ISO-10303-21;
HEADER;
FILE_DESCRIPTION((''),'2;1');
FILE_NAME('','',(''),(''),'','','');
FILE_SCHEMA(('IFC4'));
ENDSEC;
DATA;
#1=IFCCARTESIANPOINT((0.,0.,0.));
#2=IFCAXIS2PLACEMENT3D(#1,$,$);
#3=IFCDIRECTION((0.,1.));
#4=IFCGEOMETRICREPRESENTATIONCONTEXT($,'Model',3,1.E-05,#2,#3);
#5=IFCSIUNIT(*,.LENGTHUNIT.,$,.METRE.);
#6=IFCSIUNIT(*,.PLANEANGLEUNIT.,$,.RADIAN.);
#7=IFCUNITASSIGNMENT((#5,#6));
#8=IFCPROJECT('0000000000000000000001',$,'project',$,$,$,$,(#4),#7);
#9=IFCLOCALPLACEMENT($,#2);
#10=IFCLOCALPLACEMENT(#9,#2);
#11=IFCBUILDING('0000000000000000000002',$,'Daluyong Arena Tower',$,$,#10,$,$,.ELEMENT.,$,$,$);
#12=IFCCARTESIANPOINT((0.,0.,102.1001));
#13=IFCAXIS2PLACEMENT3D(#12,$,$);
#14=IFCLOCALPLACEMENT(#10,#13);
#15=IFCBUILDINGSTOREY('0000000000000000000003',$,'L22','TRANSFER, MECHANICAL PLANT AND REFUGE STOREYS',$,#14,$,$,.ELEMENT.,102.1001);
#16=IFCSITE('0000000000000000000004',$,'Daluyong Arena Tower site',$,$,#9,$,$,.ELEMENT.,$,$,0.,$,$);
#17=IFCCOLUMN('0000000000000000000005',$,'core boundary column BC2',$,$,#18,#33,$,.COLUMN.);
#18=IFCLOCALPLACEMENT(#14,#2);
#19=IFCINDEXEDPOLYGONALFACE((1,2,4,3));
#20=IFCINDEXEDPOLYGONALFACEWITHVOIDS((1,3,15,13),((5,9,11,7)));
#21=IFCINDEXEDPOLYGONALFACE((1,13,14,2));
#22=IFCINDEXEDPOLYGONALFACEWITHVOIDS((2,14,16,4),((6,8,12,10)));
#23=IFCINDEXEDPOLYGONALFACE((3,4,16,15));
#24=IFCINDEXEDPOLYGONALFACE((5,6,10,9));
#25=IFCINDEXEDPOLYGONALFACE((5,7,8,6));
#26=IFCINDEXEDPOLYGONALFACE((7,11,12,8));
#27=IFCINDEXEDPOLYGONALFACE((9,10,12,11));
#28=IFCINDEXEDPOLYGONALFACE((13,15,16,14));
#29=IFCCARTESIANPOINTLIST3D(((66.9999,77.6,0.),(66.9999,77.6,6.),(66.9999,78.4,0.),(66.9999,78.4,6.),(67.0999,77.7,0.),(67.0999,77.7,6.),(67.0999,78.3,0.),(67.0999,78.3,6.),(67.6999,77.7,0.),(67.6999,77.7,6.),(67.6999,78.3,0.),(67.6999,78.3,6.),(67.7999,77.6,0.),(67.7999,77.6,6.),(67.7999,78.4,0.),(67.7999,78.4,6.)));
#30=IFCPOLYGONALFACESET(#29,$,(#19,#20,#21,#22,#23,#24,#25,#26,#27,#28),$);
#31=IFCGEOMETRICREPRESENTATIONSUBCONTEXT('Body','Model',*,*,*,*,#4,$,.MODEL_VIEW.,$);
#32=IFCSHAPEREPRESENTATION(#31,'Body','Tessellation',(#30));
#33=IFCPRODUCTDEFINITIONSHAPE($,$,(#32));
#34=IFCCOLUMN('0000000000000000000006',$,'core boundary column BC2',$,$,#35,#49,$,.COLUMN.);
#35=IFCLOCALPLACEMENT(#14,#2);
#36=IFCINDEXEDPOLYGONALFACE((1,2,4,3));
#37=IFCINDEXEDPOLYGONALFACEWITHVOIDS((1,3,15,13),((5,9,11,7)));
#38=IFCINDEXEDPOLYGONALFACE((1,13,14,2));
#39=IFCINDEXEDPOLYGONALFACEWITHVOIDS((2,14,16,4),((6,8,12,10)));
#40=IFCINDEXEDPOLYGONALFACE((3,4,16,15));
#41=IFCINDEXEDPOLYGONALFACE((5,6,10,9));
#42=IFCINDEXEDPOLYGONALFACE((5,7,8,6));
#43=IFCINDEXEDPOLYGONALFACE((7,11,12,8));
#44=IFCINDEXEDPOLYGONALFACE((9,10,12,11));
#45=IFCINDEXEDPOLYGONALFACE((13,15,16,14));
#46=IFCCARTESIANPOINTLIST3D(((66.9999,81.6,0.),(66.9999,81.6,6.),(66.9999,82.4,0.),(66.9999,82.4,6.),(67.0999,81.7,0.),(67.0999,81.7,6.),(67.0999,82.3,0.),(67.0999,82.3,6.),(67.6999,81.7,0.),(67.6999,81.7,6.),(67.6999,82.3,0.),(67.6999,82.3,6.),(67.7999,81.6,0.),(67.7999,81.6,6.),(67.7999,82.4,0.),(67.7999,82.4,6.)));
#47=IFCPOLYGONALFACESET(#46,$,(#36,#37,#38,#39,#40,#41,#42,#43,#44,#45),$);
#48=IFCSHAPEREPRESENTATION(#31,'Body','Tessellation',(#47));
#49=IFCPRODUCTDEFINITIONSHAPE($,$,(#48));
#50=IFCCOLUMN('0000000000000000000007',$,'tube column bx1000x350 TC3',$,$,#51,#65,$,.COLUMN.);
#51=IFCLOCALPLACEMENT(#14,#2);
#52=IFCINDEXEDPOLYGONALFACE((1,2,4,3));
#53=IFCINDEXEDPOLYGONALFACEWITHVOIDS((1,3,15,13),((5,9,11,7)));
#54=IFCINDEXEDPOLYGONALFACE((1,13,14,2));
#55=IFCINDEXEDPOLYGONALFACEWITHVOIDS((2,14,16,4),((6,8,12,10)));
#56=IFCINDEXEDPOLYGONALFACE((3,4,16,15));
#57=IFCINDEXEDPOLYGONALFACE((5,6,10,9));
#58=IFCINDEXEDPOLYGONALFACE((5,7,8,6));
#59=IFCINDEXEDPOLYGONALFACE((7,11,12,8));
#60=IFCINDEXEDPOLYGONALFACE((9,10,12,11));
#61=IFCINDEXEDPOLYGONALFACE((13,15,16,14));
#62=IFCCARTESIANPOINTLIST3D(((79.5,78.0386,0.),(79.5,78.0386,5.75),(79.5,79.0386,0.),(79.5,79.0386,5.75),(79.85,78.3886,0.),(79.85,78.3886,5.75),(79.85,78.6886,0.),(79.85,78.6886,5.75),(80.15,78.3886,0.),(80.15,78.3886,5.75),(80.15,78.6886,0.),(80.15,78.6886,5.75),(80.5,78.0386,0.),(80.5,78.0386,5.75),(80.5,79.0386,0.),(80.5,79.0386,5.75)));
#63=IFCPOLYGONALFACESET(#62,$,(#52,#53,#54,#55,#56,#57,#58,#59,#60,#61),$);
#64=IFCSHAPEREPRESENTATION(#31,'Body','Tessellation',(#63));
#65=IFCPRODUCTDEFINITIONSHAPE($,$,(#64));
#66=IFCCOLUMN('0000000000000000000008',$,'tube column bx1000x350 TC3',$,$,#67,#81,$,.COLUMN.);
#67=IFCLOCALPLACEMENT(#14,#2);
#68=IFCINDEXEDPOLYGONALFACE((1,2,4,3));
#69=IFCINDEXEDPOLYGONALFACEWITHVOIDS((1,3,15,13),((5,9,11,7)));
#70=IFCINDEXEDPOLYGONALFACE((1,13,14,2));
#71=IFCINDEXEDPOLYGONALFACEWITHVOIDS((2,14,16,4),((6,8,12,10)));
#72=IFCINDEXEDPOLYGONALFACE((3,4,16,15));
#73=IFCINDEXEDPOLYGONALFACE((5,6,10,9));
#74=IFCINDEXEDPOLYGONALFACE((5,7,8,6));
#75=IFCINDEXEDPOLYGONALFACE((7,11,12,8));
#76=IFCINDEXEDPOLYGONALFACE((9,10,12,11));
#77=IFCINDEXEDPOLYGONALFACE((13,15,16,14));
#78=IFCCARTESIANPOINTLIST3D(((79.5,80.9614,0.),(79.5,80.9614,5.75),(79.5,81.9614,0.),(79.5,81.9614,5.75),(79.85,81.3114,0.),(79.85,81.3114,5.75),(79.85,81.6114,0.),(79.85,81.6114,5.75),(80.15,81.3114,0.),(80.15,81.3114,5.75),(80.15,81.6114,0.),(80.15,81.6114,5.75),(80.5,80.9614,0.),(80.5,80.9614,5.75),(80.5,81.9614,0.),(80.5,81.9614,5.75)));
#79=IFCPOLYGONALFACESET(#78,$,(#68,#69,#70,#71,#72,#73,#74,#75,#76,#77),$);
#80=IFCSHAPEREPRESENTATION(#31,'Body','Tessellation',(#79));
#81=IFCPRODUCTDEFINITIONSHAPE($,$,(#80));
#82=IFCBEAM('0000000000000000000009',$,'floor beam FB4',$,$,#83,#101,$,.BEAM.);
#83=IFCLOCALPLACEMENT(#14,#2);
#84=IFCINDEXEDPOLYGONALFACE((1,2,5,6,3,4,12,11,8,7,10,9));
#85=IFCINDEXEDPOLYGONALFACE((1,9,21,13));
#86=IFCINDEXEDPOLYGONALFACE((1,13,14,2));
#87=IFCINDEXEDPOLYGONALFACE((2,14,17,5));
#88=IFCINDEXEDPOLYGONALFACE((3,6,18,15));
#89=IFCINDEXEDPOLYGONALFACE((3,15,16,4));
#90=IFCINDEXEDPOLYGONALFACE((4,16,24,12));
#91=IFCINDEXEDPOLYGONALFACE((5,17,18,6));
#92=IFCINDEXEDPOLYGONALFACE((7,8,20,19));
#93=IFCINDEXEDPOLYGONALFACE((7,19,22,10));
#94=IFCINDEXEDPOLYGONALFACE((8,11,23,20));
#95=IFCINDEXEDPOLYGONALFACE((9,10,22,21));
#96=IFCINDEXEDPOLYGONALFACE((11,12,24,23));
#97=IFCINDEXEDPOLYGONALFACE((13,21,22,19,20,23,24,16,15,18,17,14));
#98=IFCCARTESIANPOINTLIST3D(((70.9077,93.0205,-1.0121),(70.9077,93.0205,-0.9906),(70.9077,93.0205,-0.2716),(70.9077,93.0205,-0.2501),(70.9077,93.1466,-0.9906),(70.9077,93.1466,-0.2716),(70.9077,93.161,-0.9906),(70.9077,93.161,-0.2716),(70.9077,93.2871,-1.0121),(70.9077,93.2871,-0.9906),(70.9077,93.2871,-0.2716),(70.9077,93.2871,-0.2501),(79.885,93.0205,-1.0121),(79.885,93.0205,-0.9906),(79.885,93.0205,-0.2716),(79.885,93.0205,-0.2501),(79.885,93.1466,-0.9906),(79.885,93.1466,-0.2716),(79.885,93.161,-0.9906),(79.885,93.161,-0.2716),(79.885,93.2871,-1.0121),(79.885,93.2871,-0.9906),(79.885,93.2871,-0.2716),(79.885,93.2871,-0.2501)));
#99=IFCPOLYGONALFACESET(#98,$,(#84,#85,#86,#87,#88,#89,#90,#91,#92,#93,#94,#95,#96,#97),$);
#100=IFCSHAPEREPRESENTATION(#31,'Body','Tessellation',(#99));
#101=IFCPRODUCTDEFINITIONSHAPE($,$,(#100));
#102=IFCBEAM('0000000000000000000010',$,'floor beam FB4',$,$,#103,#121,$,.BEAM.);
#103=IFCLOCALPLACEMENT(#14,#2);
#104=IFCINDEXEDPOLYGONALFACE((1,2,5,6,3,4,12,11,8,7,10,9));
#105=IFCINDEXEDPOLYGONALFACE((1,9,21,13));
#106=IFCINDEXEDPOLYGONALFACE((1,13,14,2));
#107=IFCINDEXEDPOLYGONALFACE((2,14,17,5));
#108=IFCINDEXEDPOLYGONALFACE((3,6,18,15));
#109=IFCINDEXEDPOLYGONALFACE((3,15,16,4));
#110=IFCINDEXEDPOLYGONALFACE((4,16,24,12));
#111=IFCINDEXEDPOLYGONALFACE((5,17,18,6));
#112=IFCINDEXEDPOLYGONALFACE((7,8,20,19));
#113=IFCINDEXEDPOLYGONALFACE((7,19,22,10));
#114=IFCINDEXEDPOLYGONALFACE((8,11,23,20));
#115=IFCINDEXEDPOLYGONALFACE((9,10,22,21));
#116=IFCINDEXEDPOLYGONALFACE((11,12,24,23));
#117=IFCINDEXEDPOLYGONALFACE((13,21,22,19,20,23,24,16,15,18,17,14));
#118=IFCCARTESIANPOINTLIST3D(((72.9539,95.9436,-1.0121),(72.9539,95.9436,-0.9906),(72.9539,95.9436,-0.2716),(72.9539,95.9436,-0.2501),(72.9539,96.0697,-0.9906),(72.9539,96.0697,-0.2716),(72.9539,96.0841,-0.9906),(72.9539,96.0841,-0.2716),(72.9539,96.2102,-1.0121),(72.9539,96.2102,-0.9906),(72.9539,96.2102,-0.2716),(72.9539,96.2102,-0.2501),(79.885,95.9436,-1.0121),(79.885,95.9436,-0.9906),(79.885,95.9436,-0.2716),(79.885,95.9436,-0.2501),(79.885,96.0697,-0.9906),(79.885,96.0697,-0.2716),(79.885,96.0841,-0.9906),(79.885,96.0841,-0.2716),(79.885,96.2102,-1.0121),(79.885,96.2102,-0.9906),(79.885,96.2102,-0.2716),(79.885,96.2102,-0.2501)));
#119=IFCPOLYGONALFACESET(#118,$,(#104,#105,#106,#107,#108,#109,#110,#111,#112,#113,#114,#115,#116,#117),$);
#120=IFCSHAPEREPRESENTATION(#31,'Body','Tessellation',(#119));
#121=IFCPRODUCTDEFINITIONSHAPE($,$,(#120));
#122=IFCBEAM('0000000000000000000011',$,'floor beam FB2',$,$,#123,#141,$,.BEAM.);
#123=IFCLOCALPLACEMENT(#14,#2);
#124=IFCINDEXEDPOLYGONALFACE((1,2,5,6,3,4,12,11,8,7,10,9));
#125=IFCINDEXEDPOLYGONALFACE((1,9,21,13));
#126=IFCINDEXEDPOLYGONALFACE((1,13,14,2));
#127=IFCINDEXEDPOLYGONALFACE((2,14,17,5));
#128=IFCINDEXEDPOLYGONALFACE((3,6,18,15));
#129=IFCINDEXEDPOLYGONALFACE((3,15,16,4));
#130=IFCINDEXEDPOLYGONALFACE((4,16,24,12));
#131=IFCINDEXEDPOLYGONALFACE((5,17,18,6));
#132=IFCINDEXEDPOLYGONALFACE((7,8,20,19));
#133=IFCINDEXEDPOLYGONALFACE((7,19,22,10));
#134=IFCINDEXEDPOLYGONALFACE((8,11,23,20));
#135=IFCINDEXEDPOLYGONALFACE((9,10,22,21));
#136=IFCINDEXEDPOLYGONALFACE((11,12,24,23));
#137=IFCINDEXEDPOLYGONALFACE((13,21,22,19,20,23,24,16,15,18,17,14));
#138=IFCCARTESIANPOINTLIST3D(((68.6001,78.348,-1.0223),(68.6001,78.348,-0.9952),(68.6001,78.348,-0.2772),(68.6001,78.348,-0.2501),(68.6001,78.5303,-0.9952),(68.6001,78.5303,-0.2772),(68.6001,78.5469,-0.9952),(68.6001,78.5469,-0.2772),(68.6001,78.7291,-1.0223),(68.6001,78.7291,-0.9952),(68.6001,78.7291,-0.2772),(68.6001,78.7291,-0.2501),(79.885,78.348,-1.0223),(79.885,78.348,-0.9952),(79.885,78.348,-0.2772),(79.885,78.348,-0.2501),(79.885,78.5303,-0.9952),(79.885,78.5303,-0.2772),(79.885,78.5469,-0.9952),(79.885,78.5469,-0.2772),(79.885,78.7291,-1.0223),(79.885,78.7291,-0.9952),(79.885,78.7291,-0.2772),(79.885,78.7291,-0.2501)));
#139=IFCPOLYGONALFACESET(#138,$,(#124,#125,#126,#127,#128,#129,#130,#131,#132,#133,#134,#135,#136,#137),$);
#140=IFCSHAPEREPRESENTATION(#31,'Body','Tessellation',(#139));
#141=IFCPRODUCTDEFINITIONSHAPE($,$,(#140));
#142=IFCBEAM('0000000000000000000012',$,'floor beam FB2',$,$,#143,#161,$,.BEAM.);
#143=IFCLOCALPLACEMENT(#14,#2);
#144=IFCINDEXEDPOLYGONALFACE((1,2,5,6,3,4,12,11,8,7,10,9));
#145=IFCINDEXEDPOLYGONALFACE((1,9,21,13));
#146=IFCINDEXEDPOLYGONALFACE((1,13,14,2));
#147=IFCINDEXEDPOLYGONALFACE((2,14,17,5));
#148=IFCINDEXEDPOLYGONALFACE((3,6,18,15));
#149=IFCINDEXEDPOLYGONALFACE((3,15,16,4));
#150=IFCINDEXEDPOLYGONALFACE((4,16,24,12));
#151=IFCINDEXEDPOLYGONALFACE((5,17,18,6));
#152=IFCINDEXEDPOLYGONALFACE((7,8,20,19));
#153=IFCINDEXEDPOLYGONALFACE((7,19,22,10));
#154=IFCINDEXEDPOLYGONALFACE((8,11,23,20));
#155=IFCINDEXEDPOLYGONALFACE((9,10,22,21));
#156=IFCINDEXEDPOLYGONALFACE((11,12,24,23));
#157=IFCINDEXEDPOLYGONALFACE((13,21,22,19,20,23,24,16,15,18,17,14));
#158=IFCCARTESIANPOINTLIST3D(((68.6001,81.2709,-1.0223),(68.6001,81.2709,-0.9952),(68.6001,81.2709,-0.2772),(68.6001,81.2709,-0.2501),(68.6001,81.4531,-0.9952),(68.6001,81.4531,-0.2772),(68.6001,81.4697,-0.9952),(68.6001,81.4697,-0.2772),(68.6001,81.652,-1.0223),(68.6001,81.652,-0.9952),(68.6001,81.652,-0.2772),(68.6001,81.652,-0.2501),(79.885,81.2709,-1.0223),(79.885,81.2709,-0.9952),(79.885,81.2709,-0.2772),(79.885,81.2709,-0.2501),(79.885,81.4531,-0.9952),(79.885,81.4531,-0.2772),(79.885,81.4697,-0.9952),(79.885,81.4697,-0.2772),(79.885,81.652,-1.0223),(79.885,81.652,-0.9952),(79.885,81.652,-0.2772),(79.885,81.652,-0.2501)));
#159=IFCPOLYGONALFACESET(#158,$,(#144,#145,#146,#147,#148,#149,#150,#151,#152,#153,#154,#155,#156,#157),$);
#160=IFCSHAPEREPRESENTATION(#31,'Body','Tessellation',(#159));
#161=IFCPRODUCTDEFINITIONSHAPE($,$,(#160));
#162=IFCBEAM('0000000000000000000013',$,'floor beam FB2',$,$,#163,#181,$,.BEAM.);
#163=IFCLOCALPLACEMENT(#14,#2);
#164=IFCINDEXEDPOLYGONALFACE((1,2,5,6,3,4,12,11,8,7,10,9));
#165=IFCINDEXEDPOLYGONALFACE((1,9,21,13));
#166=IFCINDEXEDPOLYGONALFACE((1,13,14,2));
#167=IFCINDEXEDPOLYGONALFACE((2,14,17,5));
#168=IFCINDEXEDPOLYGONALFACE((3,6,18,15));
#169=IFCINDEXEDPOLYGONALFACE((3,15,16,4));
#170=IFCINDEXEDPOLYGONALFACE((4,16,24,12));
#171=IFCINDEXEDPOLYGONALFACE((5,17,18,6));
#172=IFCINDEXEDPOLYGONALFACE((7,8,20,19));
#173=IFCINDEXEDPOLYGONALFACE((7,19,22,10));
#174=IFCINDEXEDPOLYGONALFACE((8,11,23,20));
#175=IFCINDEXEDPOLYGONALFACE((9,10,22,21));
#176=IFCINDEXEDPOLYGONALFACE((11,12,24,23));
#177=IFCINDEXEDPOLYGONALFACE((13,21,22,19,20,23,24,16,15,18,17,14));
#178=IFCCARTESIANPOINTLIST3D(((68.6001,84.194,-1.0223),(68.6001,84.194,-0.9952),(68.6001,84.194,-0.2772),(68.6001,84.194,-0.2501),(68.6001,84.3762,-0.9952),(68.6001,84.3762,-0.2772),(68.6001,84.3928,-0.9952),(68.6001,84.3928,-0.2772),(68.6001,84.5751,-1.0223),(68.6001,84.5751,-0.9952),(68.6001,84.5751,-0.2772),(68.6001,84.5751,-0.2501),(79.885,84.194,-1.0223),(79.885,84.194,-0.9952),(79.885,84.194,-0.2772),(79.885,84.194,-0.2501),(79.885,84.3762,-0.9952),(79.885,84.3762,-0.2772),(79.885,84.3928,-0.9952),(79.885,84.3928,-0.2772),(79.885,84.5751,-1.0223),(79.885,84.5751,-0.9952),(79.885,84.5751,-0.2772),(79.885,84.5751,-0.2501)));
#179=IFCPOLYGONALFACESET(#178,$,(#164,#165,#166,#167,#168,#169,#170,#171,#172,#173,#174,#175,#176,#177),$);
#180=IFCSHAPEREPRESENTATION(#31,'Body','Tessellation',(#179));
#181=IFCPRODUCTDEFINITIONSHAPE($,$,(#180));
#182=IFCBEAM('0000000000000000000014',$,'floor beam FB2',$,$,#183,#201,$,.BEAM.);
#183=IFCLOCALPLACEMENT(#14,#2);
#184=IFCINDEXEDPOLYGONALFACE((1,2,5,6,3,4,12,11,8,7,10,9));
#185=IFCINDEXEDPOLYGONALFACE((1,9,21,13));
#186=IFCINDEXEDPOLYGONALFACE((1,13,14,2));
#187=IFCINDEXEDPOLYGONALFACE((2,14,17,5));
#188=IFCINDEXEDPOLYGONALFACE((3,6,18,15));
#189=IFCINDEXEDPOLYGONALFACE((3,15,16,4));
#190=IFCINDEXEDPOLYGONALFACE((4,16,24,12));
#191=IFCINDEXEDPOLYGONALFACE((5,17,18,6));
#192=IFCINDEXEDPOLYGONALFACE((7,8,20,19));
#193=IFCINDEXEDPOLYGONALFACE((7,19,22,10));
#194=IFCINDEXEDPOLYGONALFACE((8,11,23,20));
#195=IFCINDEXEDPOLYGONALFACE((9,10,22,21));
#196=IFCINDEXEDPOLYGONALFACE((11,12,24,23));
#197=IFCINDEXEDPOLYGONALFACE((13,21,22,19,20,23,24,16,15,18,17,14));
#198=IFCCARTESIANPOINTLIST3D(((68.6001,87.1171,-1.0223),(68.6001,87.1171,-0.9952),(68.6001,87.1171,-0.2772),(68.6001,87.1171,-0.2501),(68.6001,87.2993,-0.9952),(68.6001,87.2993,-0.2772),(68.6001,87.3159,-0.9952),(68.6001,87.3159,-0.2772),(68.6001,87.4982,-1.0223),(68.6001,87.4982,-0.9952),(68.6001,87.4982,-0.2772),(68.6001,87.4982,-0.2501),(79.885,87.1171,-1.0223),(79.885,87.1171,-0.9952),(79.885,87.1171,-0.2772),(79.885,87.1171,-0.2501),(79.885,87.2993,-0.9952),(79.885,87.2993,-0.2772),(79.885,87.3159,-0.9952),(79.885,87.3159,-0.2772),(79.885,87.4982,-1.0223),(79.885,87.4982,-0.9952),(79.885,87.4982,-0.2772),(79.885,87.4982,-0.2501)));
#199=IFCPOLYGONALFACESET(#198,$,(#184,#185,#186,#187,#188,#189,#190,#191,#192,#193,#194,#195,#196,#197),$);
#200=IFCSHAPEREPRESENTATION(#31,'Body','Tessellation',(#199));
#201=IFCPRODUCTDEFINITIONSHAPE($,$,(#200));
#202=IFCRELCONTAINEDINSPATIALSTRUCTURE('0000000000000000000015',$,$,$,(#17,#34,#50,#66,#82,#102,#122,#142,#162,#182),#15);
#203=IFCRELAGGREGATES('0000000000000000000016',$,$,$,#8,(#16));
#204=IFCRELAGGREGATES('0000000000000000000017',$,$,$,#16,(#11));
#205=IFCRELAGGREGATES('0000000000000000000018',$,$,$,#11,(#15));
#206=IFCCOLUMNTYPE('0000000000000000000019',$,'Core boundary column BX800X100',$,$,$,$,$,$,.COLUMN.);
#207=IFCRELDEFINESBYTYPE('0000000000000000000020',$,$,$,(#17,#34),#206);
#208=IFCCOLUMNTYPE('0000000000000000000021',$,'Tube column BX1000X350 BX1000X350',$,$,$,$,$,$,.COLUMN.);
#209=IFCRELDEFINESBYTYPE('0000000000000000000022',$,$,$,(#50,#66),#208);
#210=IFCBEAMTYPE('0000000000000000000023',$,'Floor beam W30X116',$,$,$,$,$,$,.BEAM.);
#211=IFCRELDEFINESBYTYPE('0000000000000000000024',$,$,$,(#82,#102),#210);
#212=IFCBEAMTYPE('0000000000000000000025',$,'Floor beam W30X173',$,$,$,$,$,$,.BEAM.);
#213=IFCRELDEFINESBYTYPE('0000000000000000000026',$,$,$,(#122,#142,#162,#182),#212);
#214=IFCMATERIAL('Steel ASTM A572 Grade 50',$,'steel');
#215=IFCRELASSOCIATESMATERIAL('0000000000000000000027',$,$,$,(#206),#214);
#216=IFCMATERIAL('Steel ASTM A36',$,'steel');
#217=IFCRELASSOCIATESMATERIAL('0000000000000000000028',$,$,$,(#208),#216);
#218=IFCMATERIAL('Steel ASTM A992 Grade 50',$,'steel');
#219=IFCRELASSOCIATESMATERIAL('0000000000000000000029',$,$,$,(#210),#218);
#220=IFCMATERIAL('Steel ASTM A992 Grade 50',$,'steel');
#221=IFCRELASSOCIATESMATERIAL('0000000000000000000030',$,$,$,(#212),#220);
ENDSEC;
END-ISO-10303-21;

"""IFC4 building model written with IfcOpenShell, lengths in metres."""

from ifc_helpers import new_model, si_unit, direction, frame, origin, origin_2d, place, context, subcontext, project, spatial, hollow_rectangle, i_section, extrude, material, material_profile, profile_set, type_object, element, save


model = new_model("IFC4")

# Units and contexts
model_context = context("Model", 3, precision=1e-05, world=origin(), true_north=direction((0.0, 1.0)))
body_context = subcontext(model_context, "Body", "Model", "MODEL_VIEW")
ifc_project = project(units=[si_unit("LENGTHUNIT", "METRE"), si_unit("PLANEANGLEUNIT", "RADIAN")], contexts=[model_context])

# Site, building, storey
site_placement = place(None, origin())
site = spatial("IfcSite", under=ifc_project, at=site_placement, Name="Daluyong Arena Tower site", CompositionType="ELEMENT", RefElevation=0.0)
building_placement = place(site_placement, origin())
building = spatial("IfcBuilding", under=site, at=building_placement, Name="Daluyong Arena Tower", CompositionType="ELEMENT")
storey_placement = place(building_placement, frame((0.0, 0.0, 102.1001)))
storey = spatial("IfcBuildingStorey", under=building, at=storey_placement, Name="L22", Description="TRANSFER, MECHANICAL PLANT AND REFUGE STOREYS", CompositionType="ELEMENT", Elevation=102.1001)

# Columns
ifc_material_1 = material(Name="Steel ASTM A572 Grade 50", Category="steel")
ifc_material_profile_1 = material_profile(ifc_material_1, hollow_rectangle(XDim=0.8, YDim=0.8, WallThickness=0.1, at=origin_2d()))
ifc_profile_set_1 = profile_set([ifc_material_profile_1], Name="Steel ASTM A572 Grade 50")
column_type_1 = type_object("IfcColumnType", Name="Core boundary column BX800X100", PredefinedType="COLUMN", material=ifc_profile_set_1)
for number, where, z_axis, x_axis, name in (
    (1, (67.3999, 78.0, 0.0), (0.0, 0.0, 1.0), (1.0, 0.0, 0.0), "core boundary column BC2"),
    (2, (67.3999, 82.0, 0.0), (0.0, 0.0, 1.0), (1.0, 0.0, 0.0), "core boundary column BC2"),
):
    element("IfcColumn", number, at=place(storey_placement, frame(where, z_axis=z_axis, x_axis=x_axis)), inside=storey, type_object=column_type_1, Name=name, PredefinedType="COLUMN", context=body_context, shape_type="SweptSolid", body=[
        extrude(hollow_rectangle(XDim=0.8, YDim=0.8, WallThickness=0.1, at=origin_2d()), origin(), (0.0, 0.0, 1.0), 6.0),
    ])
ifc_material_2 = material(Name="Steel ASTM A36", Category="steel")
ifc_material_profile_2 = material_profile(ifc_material_2, hollow_rectangle(XDim=1.0, YDim=1.0, WallThickness=0.35, at=origin_2d()))
ifc_profile_set_2 = profile_set([ifc_material_profile_2], Name="Steel ASTM A36")
column_type_2 = type_object("IfcColumnType", Name="Tube column BX1000X350 BX1000X350", PredefinedType="COLUMN", material=ifc_profile_set_2)
for number, where, z_axis, x_axis, name in (
    (3, (80.0, 78.5386, 0.0), (0.0, 0.0, 1.0), (0.0, 1.0, 0.0), "tube column bx1000x350 TC3"),
    (4, (80.0, 81.4614, 0.0), (0.0, 0.0, 1.0), (0.0, 1.0, 0.0), "tube column bx1000x350 TC3"),
):
    element("IfcColumn", number, at=place(storey_placement, frame(where, z_axis=z_axis, x_axis=x_axis)), inside=storey, type_object=column_type_2, Name=name, PredefinedType="COLUMN", context=body_context, shape_type="SweptSolid", body=[
        extrude(hollow_rectangle(XDim=1.0, YDim=1.0, WallThickness=0.35, at=origin_2d()), origin(), (0.0, 0.0, 1.0), 5.75),
    ])

# Beams
ifc_material_3 = material(Name="Steel ASTM A992 Grade 50", Category="steel")
ifc_material_profile_3 = material_profile(ifc_material_3, i_section(OverallWidth=0.2666, OverallDepth=0.762, WebThickness=0.0144, FlangeThickness=0.0215, at=origin_2d()))
ifc_profile_set_3 = profile_set([ifc_material_profile_3], Name="Steel ASTM A992 Grade 50")
beam_type_1 = type_object("IfcBeamType", Name="Floor beam W30X116", PredefinedType="BEAM", material=ifc_profile_set_3)
beam_1_placement = place(storey_placement, frame((79.885, 93.1538, -0.6311), z_axis=(-1.0, 0.0, 0.0), x_axis=(0.0, -1.0, 0.0)))
element("IfcBeam", 5, at=beam_1_placement, inside=storey, type_object=beam_type_1, Name="floor beam FB4", PredefinedType="BEAM", context=body_context, shape_type="SweptSolid", body=[
    extrude(i_section(OverallWidth=0.2666, OverallDepth=0.762, WebThickness=0.0144, FlangeThickness=0.0215, at=origin_2d()), origin(), (0.0, 0.0, 1.0), 8.9773),
])
beam_2_placement = place(storey_placement, frame((79.885, 96.0769, -0.6311), z_axis=(-1.0, 0.0, 0.0), x_axis=(0.0, -1.0, 0.0)))
element("IfcBeam", 6, at=beam_2_placement, inside=storey, type_object=beam_type_1, Name="floor beam FB4", PredefinedType="BEAM", context=body_context, shape_type="SweptSolid", body=[
    extrude(i_section(OverallWidth=0.2666, OverallDepth=0.762, WebThickness=0.0144, FlangeThickness=0.0215, at=origin_2d()), origin(), (0.0, 0.0, 1.0), 6.9312),
])
ifc_material_4 = material(Name="Steel ASTM A992 Grade 50", Category="steel")
ifc_material_profile_4 = material_profile(ifc_material_4, i_section(OverallWidth=0.3811, OverallDepth=0.7722, WebThickness=0.0166, FlangeThickness=0.0271, at=origin_2d()))
ifc_profile_set_4 = profile_set([ifc_material_profile_4], Name="Steel ASTM A992 Grade 50")
beam_type_2 = type_object("IfcBeamType", Name="Floor beam W30X173", PredefinedType="BEAM", material=ifc_profile_set_4)
for number, where, z_axis, x_axis, name in (
    (7, (79.885, 78.5386, -0.6362), (-1.0, 0.0, 0.0), (0.0, -1.0, 0.0), "floor beam FB2"),
    (8, (79.885, 81.4614, -0.6362), (-1.0, 0.0, 0.0), (0.0, -1.0, 0.0), "floor beam FB2"),
    (9, (79.885, 84.3845, -0.6362), (-1.0, 0.0, 0.0), (0.0, -1.0, 0.0), "floor beam FB2"),
    (10, (79.885, 87.3076, -0.6362), (-1.0, 0.0, 0.0), (0.0, -1.0, 0.0), "floor beam FB2"),
):
    element("IfcBeam", number, at=place(storey_placement, frame(where, z_axis=z_axis, x_axis=x_axis)), inside=storey, type_object=beam_type_2, Name=name, PredefinedType="BEAM", context=body_context, shape_type="SweptSolid", body=[
        extrude(i_section(OverallWidth=0.3811, OverallDepth=0.7722, WebThickness=0.0166, FlangeThickness=0.0271, at=origin_2d()), origin(), (0.0, 0.0, 1.0), 11.2849),
    ])

save(model, "model.ifc")
